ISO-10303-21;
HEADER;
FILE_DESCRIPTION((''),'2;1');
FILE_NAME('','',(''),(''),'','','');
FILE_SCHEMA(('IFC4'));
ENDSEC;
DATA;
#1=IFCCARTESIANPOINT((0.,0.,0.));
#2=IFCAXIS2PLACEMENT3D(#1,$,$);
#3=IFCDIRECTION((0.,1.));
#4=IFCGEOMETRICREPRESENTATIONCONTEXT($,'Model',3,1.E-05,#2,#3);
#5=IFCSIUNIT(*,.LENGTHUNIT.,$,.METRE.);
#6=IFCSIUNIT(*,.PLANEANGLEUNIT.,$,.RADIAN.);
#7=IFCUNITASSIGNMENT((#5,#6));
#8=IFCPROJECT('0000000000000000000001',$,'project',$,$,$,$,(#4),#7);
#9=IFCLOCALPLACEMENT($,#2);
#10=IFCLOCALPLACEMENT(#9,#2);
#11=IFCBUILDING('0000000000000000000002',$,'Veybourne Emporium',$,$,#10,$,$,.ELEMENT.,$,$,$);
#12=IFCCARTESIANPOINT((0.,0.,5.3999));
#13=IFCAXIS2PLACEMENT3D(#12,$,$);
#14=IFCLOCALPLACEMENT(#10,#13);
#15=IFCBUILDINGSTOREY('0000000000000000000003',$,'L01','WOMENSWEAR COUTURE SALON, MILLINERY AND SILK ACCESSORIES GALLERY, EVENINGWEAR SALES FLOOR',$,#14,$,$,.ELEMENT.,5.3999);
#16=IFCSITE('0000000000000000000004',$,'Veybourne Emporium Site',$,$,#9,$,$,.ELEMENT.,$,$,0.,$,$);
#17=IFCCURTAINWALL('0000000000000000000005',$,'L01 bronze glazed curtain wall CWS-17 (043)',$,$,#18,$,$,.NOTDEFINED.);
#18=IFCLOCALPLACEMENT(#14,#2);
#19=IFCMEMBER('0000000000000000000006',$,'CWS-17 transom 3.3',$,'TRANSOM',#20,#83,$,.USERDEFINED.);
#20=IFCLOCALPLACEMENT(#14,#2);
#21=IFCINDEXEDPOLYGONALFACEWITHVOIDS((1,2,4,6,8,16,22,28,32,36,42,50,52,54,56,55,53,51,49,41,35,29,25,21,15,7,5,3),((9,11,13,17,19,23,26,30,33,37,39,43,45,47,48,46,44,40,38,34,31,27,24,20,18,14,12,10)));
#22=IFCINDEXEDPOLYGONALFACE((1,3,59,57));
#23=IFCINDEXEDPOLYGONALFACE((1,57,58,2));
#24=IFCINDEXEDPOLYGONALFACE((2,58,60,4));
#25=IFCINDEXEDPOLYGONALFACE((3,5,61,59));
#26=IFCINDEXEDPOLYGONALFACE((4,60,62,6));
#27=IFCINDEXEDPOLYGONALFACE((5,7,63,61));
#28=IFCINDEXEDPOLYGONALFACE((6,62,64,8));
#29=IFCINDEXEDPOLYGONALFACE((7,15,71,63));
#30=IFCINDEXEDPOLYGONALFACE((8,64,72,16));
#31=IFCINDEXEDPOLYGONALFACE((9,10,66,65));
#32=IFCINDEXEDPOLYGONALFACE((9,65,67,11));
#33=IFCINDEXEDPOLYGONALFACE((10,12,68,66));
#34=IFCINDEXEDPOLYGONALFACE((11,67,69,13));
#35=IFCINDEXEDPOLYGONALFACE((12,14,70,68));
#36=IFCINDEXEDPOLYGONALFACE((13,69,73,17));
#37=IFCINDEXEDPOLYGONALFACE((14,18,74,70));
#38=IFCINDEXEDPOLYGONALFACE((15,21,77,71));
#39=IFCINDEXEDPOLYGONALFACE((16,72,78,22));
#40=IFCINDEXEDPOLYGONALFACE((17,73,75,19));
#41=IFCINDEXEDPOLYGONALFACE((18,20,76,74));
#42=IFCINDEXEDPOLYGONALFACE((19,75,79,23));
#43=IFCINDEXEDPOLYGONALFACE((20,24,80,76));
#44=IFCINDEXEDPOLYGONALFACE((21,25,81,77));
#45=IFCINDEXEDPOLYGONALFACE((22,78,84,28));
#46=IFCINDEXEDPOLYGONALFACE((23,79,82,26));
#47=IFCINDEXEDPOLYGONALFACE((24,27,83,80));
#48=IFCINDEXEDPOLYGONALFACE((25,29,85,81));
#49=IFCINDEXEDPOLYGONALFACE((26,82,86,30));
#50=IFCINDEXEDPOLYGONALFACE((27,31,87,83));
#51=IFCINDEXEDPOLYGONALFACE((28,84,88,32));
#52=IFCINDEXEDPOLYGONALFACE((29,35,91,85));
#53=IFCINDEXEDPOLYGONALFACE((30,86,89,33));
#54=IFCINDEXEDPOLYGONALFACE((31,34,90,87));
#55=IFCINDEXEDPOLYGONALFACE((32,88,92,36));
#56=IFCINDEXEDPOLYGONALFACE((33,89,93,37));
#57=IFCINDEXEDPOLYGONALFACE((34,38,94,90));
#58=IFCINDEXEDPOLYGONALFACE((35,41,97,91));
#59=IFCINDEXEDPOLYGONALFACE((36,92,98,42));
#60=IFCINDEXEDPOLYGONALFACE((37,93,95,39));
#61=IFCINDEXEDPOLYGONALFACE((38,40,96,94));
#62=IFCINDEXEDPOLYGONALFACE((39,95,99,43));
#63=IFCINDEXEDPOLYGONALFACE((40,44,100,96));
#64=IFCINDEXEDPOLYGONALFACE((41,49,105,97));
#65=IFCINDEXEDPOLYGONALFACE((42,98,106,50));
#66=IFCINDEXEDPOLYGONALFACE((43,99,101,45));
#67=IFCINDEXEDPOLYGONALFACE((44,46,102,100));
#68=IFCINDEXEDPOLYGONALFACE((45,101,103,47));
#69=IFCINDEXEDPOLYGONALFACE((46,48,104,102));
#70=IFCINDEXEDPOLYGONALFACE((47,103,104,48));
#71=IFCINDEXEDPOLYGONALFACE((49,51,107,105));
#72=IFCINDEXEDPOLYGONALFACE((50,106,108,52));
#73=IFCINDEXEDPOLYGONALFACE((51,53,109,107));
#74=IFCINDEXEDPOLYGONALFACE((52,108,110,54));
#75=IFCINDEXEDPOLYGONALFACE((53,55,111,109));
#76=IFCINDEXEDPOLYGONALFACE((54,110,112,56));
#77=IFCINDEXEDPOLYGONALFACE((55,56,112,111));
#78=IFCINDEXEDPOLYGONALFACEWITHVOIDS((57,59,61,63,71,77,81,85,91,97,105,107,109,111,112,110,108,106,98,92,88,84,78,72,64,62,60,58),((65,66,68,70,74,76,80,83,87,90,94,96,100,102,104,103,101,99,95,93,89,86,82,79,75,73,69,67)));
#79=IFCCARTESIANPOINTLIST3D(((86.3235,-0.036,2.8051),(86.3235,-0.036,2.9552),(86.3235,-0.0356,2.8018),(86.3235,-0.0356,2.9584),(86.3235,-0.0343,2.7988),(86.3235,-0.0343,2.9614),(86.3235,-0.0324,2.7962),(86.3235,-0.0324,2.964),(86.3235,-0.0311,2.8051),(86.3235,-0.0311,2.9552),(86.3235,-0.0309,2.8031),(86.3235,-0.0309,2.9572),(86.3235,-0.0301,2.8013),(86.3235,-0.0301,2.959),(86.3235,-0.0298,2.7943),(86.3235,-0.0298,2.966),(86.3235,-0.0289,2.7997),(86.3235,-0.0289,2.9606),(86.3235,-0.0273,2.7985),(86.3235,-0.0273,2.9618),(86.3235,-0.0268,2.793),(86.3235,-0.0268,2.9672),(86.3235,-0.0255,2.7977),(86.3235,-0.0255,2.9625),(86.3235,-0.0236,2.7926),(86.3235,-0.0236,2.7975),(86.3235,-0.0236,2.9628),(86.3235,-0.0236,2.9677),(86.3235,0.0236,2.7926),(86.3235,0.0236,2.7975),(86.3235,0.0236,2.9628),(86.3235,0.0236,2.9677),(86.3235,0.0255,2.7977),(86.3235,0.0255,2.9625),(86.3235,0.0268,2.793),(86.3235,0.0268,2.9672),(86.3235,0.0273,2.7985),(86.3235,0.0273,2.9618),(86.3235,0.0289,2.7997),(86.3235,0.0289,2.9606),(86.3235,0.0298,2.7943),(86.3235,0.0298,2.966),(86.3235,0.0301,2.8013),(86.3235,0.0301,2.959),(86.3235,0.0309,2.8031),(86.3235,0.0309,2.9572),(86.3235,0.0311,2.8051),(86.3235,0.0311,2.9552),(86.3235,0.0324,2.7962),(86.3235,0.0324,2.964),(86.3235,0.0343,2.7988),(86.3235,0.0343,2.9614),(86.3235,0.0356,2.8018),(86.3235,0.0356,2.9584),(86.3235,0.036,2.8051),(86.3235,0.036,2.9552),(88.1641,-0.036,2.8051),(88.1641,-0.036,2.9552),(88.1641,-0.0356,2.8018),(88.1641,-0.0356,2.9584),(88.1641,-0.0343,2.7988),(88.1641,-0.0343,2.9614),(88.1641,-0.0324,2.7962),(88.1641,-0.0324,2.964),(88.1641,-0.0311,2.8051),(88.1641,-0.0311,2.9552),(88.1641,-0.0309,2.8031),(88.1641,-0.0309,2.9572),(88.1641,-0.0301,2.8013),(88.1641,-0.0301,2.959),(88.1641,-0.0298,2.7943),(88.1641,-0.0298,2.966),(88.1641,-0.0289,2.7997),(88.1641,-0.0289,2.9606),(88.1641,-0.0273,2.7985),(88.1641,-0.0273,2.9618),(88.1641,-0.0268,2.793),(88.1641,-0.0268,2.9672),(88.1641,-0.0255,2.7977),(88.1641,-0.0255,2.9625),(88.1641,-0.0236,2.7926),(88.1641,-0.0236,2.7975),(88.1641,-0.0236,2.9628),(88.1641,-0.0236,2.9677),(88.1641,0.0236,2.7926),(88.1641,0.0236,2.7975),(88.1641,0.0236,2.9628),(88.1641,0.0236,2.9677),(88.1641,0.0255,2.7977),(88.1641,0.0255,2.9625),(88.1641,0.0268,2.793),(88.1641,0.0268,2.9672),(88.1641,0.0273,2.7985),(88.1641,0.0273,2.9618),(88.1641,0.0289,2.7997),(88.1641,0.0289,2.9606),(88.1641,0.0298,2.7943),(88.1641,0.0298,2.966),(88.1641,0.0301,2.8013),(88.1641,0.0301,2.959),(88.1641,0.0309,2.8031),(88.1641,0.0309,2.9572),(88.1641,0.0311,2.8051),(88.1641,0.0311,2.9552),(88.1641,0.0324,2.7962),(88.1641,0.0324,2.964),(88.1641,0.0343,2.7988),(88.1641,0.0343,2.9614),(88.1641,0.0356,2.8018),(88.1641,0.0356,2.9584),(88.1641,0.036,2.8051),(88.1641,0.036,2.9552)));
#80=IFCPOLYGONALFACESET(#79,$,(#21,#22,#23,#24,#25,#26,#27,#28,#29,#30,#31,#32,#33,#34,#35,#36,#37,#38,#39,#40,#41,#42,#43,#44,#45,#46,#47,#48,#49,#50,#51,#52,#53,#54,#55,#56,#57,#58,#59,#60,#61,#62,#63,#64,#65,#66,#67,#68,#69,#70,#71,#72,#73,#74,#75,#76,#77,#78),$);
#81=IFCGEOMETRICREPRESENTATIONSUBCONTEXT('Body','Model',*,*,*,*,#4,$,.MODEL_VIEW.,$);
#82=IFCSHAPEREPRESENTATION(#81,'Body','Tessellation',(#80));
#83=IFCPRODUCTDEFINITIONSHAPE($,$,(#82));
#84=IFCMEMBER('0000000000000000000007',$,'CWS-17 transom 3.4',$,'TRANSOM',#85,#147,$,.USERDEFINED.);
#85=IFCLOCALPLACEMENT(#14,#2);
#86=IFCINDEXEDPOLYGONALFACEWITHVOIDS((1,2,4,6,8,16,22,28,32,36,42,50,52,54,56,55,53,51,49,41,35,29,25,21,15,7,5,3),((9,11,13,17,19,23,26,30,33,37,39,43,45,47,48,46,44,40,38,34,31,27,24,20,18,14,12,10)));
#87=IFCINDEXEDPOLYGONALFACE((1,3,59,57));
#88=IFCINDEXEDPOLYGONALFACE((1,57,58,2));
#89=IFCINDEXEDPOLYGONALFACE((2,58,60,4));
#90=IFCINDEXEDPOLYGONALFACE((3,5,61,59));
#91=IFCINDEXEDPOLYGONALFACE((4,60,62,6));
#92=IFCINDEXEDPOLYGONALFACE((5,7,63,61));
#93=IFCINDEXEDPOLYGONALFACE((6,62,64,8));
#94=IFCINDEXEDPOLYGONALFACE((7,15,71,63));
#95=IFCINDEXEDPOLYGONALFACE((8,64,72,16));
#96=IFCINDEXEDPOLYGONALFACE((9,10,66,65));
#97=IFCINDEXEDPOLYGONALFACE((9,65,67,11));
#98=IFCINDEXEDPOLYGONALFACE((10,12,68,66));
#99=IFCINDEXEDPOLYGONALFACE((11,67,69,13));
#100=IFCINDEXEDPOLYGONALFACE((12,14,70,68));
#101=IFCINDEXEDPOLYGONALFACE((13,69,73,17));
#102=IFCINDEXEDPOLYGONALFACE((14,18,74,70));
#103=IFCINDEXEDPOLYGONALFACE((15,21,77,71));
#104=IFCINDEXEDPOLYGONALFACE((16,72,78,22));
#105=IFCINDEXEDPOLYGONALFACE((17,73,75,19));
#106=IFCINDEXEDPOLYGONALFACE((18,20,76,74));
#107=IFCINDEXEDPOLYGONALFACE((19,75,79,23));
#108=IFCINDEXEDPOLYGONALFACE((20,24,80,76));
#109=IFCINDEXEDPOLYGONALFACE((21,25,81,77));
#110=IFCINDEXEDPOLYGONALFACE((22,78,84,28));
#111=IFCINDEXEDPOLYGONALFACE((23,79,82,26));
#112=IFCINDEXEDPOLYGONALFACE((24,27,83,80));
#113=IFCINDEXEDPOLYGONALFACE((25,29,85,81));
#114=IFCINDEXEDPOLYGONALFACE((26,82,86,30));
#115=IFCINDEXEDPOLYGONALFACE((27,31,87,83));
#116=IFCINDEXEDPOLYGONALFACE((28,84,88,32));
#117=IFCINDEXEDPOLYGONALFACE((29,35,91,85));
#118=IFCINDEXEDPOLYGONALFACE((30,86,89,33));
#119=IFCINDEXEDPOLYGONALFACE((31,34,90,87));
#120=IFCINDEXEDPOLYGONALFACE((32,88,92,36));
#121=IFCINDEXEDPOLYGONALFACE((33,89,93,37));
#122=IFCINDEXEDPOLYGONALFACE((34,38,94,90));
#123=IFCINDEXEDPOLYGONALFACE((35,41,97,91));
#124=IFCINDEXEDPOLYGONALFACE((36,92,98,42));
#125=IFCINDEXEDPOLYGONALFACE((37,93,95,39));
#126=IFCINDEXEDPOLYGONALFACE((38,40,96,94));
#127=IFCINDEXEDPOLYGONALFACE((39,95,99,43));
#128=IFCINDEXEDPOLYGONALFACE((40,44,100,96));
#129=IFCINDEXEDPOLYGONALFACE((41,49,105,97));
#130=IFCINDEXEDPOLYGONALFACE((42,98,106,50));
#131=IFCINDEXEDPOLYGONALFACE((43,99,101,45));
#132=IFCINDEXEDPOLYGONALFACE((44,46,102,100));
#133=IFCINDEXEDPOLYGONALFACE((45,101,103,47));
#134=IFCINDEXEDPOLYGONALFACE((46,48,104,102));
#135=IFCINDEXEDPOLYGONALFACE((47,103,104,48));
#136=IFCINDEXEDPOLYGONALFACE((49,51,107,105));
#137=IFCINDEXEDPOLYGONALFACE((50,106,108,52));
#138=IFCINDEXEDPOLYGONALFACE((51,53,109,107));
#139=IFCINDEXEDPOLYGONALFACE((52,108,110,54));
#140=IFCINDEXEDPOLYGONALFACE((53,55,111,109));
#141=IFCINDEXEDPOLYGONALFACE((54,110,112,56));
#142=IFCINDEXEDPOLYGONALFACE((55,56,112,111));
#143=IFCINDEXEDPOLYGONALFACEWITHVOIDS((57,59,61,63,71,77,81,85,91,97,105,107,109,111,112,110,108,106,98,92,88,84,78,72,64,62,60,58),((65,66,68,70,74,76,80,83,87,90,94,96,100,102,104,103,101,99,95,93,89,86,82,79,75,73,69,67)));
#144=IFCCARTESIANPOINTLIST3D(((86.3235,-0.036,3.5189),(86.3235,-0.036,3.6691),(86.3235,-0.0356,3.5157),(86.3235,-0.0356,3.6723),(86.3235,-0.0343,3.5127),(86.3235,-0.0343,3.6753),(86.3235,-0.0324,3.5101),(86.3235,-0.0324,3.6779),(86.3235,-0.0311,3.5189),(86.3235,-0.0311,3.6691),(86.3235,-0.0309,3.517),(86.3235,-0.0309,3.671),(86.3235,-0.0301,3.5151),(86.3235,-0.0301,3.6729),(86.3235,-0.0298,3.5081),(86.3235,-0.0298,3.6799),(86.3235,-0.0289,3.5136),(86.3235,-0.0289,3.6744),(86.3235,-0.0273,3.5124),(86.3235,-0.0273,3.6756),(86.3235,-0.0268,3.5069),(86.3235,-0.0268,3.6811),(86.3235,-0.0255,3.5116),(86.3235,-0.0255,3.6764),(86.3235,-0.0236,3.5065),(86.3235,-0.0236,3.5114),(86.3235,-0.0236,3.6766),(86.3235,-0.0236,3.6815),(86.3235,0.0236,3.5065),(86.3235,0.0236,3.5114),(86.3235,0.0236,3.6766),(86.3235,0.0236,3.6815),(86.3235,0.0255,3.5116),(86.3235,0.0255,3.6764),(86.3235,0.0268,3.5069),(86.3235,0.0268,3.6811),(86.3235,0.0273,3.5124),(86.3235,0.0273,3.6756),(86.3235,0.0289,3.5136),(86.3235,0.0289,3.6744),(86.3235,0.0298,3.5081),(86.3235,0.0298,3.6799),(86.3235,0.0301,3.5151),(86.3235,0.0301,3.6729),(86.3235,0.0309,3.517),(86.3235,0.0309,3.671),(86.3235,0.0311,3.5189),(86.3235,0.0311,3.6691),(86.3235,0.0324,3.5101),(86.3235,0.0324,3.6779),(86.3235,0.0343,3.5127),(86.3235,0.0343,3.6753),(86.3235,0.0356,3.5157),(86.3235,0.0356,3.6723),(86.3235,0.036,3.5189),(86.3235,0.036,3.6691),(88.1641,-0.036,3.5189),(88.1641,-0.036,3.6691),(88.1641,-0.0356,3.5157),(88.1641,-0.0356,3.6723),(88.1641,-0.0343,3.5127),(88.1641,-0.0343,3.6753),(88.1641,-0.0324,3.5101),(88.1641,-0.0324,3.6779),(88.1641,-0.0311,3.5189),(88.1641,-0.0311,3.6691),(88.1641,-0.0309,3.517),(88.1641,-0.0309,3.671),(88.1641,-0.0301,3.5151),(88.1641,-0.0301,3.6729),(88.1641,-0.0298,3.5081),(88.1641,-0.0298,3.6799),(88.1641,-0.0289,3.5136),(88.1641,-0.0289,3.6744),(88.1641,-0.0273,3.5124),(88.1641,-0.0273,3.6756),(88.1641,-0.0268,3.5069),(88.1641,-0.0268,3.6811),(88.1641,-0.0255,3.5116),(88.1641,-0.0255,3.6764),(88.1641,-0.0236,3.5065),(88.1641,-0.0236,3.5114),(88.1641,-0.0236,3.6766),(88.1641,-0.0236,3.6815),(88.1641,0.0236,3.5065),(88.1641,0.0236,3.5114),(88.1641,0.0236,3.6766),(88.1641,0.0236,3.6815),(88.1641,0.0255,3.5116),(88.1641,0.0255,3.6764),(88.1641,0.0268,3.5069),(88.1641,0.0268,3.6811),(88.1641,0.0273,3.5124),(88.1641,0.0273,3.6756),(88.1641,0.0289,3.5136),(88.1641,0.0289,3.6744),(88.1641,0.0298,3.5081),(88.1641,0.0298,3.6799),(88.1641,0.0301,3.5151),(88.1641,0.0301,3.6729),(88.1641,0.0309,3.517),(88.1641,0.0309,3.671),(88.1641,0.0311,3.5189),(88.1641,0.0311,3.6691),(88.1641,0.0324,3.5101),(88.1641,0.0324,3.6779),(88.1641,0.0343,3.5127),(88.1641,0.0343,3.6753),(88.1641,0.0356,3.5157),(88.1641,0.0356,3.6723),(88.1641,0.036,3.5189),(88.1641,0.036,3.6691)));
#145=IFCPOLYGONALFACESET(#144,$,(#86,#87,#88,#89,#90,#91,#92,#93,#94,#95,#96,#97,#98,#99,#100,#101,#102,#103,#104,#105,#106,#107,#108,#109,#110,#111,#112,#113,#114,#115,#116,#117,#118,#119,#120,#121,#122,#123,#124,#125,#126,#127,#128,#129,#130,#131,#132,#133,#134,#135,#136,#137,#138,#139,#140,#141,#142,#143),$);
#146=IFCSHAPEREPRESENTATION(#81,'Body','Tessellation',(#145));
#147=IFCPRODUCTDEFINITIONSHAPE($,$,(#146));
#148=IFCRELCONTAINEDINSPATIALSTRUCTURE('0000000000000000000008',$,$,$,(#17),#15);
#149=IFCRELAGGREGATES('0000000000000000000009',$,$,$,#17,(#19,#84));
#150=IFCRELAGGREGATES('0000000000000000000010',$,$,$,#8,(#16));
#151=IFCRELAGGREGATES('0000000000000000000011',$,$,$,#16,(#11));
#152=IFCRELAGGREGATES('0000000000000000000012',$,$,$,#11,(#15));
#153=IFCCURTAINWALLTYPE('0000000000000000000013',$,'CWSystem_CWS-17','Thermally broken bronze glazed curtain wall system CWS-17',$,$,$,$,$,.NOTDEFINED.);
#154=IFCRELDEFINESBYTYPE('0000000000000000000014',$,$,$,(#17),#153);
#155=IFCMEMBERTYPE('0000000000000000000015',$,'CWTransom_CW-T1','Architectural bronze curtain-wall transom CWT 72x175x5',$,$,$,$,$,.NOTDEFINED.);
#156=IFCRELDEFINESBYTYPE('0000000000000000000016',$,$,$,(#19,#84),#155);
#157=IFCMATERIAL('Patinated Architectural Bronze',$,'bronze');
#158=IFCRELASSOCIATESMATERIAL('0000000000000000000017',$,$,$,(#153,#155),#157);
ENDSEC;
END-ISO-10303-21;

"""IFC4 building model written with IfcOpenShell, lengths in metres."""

from ifc_helpers import new_model, si_unit, direction, frame, origin, origin_2d, place, context, subcontext, project, spatial, hollow_rectangle, extrude, material, material_profile, profile_set, type_object, element, aggregate, save


model = new_model("IFC4")

# Units and contexts
model_context = context("Model", 3, precision=1e-05, world=origin(), true_north=direction((0.0, 1.0)))
body_context = subcontext(model_context, "Body", "Model", "MODEL_VIEW")
ifc_project = project(units=[si_unit("LENGTHUNIT", "METRE"), si_unit("PLANEANGLEUNIT", "RADIAN")], contexts=[model_context])

# Site, building, storey
site_placement = place(None, origin())
site = spatial("IfcSite", under=ifc_project, at=site_placement, Name="Veybourne Emporium Site", CompositionType="ELEMENT", RefElevation=0.0)
building_placement = place(site_placement, origin())
building = spatial("IfcBuilding", under=site, at=building_placement, Name="Veybourne Emporium", CompositionType="ELEMENT")
storey_placement = place(building_placement, frame((0.0, 0.0, 5.3999)))
storey = spatial("IfcBuildingStorey", under=building, at=storey_placement, Name="L01", Description="WOMENSWEAR COUTURE SALON, MILLINERY AND SILK ACCESSORIES GALLERY, EVENINGWEAR SALES FLOOR", CompositionType="ELEMENT", Elevation=5.3999)

# Curtain wall, members
ifc_material_1 = material(Name="Patinated Architectural Bronze", Category="bronze")
curtain_wall_type = type_object("IfcCurtainWallType", Name="CWSystem_CWS-17", Description="Thermally broken bronze glazed curtain wall system CWS-17", PredefinedType="NOTDEFINED", material=ifc_material_1)
curtain_wall_placement = place(storey_placement, origin())
curtain_wall = element("IfcCurtainWall", 1, at=curtain_wall_placement, inside=storey, type_object=curtain_wall_type, Name="L01 bronze glazed curtain wall CWS-17 (043)", PredefinedType="NOTDEFINED")
ifc_material_profile_1 = material_profile(ifc_material_1, hollow_rectangle(XDim=0.072, YDim=0.175, WallThickness=0.0049, InnerFilletRadius=0.0076, OuterFilletRadius=0.0125, at=origin_2d()), Name="CWT 72x175x5")
ifc_profile_set_1 = profile_set([ifc_material_profile_1], Name="Patinated Architectural Bronze")
member_type_1 = type_object("IfcMemberType", Name="CWTransom_CW-T1", Description="Architectural bronze curtain-wall transom CWT 72x175x5", PredefinedType="NOTDEFINED", material=ifc_profile_set_1)
member_1_placement = place(storey_placement, frame((88.1641, 0.0, 2.8801), z_axis=(-1.0, 0.0, 0.0), x_axis=(0.0, -1.0, 0.0)))
member_1 = element("IfcMember", 2, at=member_1_placement, type_object=member_type_1, Name="CWS-17 transom 3.3", ObjectType="TRANSOM", PredefinedType="USERDEFINED", context=body_context, shape_type="SweptSolid", body=[
    extrude(hollow_rectangle(XDim=0.072, YDim=0.175, WallThickness=0.0049, InnerFilletRadius=0.0076, OuterFilletRadius=0.0125, at=origin_2d()), origin(), (0.0, 0.0, 1.0), 1.8406),
])
member_2_placement = place(storey_placement, frame((88.1641, 0.0, 3.594), z_axis=(-1.0, 0.0, 0.0), x_axis=(0.0, -1.0, 0.0)))
member_2 = element("IfcMember", 3, at=member_2_placement, type_object=member_type_1, Name="CWS-17 transom 3.4", ObjectType="TRANSOM", PredefinedType="USERDEFINED", context=body_context, shape_type="SweptSolid", body=[
    extrude(hollow_rectangle(XDim=0.072, YDim=0.175, WallThickness=0.0049, InnerFilletRadius=0.0076, OuterFilletRadius=0.0125, at=origin_2d()), origin(), (0.0, 0.0, 1.0), 1.8406),
])

aggregate(curtain_wall, [member_1, member_2])

save(model, "model.ifc")
